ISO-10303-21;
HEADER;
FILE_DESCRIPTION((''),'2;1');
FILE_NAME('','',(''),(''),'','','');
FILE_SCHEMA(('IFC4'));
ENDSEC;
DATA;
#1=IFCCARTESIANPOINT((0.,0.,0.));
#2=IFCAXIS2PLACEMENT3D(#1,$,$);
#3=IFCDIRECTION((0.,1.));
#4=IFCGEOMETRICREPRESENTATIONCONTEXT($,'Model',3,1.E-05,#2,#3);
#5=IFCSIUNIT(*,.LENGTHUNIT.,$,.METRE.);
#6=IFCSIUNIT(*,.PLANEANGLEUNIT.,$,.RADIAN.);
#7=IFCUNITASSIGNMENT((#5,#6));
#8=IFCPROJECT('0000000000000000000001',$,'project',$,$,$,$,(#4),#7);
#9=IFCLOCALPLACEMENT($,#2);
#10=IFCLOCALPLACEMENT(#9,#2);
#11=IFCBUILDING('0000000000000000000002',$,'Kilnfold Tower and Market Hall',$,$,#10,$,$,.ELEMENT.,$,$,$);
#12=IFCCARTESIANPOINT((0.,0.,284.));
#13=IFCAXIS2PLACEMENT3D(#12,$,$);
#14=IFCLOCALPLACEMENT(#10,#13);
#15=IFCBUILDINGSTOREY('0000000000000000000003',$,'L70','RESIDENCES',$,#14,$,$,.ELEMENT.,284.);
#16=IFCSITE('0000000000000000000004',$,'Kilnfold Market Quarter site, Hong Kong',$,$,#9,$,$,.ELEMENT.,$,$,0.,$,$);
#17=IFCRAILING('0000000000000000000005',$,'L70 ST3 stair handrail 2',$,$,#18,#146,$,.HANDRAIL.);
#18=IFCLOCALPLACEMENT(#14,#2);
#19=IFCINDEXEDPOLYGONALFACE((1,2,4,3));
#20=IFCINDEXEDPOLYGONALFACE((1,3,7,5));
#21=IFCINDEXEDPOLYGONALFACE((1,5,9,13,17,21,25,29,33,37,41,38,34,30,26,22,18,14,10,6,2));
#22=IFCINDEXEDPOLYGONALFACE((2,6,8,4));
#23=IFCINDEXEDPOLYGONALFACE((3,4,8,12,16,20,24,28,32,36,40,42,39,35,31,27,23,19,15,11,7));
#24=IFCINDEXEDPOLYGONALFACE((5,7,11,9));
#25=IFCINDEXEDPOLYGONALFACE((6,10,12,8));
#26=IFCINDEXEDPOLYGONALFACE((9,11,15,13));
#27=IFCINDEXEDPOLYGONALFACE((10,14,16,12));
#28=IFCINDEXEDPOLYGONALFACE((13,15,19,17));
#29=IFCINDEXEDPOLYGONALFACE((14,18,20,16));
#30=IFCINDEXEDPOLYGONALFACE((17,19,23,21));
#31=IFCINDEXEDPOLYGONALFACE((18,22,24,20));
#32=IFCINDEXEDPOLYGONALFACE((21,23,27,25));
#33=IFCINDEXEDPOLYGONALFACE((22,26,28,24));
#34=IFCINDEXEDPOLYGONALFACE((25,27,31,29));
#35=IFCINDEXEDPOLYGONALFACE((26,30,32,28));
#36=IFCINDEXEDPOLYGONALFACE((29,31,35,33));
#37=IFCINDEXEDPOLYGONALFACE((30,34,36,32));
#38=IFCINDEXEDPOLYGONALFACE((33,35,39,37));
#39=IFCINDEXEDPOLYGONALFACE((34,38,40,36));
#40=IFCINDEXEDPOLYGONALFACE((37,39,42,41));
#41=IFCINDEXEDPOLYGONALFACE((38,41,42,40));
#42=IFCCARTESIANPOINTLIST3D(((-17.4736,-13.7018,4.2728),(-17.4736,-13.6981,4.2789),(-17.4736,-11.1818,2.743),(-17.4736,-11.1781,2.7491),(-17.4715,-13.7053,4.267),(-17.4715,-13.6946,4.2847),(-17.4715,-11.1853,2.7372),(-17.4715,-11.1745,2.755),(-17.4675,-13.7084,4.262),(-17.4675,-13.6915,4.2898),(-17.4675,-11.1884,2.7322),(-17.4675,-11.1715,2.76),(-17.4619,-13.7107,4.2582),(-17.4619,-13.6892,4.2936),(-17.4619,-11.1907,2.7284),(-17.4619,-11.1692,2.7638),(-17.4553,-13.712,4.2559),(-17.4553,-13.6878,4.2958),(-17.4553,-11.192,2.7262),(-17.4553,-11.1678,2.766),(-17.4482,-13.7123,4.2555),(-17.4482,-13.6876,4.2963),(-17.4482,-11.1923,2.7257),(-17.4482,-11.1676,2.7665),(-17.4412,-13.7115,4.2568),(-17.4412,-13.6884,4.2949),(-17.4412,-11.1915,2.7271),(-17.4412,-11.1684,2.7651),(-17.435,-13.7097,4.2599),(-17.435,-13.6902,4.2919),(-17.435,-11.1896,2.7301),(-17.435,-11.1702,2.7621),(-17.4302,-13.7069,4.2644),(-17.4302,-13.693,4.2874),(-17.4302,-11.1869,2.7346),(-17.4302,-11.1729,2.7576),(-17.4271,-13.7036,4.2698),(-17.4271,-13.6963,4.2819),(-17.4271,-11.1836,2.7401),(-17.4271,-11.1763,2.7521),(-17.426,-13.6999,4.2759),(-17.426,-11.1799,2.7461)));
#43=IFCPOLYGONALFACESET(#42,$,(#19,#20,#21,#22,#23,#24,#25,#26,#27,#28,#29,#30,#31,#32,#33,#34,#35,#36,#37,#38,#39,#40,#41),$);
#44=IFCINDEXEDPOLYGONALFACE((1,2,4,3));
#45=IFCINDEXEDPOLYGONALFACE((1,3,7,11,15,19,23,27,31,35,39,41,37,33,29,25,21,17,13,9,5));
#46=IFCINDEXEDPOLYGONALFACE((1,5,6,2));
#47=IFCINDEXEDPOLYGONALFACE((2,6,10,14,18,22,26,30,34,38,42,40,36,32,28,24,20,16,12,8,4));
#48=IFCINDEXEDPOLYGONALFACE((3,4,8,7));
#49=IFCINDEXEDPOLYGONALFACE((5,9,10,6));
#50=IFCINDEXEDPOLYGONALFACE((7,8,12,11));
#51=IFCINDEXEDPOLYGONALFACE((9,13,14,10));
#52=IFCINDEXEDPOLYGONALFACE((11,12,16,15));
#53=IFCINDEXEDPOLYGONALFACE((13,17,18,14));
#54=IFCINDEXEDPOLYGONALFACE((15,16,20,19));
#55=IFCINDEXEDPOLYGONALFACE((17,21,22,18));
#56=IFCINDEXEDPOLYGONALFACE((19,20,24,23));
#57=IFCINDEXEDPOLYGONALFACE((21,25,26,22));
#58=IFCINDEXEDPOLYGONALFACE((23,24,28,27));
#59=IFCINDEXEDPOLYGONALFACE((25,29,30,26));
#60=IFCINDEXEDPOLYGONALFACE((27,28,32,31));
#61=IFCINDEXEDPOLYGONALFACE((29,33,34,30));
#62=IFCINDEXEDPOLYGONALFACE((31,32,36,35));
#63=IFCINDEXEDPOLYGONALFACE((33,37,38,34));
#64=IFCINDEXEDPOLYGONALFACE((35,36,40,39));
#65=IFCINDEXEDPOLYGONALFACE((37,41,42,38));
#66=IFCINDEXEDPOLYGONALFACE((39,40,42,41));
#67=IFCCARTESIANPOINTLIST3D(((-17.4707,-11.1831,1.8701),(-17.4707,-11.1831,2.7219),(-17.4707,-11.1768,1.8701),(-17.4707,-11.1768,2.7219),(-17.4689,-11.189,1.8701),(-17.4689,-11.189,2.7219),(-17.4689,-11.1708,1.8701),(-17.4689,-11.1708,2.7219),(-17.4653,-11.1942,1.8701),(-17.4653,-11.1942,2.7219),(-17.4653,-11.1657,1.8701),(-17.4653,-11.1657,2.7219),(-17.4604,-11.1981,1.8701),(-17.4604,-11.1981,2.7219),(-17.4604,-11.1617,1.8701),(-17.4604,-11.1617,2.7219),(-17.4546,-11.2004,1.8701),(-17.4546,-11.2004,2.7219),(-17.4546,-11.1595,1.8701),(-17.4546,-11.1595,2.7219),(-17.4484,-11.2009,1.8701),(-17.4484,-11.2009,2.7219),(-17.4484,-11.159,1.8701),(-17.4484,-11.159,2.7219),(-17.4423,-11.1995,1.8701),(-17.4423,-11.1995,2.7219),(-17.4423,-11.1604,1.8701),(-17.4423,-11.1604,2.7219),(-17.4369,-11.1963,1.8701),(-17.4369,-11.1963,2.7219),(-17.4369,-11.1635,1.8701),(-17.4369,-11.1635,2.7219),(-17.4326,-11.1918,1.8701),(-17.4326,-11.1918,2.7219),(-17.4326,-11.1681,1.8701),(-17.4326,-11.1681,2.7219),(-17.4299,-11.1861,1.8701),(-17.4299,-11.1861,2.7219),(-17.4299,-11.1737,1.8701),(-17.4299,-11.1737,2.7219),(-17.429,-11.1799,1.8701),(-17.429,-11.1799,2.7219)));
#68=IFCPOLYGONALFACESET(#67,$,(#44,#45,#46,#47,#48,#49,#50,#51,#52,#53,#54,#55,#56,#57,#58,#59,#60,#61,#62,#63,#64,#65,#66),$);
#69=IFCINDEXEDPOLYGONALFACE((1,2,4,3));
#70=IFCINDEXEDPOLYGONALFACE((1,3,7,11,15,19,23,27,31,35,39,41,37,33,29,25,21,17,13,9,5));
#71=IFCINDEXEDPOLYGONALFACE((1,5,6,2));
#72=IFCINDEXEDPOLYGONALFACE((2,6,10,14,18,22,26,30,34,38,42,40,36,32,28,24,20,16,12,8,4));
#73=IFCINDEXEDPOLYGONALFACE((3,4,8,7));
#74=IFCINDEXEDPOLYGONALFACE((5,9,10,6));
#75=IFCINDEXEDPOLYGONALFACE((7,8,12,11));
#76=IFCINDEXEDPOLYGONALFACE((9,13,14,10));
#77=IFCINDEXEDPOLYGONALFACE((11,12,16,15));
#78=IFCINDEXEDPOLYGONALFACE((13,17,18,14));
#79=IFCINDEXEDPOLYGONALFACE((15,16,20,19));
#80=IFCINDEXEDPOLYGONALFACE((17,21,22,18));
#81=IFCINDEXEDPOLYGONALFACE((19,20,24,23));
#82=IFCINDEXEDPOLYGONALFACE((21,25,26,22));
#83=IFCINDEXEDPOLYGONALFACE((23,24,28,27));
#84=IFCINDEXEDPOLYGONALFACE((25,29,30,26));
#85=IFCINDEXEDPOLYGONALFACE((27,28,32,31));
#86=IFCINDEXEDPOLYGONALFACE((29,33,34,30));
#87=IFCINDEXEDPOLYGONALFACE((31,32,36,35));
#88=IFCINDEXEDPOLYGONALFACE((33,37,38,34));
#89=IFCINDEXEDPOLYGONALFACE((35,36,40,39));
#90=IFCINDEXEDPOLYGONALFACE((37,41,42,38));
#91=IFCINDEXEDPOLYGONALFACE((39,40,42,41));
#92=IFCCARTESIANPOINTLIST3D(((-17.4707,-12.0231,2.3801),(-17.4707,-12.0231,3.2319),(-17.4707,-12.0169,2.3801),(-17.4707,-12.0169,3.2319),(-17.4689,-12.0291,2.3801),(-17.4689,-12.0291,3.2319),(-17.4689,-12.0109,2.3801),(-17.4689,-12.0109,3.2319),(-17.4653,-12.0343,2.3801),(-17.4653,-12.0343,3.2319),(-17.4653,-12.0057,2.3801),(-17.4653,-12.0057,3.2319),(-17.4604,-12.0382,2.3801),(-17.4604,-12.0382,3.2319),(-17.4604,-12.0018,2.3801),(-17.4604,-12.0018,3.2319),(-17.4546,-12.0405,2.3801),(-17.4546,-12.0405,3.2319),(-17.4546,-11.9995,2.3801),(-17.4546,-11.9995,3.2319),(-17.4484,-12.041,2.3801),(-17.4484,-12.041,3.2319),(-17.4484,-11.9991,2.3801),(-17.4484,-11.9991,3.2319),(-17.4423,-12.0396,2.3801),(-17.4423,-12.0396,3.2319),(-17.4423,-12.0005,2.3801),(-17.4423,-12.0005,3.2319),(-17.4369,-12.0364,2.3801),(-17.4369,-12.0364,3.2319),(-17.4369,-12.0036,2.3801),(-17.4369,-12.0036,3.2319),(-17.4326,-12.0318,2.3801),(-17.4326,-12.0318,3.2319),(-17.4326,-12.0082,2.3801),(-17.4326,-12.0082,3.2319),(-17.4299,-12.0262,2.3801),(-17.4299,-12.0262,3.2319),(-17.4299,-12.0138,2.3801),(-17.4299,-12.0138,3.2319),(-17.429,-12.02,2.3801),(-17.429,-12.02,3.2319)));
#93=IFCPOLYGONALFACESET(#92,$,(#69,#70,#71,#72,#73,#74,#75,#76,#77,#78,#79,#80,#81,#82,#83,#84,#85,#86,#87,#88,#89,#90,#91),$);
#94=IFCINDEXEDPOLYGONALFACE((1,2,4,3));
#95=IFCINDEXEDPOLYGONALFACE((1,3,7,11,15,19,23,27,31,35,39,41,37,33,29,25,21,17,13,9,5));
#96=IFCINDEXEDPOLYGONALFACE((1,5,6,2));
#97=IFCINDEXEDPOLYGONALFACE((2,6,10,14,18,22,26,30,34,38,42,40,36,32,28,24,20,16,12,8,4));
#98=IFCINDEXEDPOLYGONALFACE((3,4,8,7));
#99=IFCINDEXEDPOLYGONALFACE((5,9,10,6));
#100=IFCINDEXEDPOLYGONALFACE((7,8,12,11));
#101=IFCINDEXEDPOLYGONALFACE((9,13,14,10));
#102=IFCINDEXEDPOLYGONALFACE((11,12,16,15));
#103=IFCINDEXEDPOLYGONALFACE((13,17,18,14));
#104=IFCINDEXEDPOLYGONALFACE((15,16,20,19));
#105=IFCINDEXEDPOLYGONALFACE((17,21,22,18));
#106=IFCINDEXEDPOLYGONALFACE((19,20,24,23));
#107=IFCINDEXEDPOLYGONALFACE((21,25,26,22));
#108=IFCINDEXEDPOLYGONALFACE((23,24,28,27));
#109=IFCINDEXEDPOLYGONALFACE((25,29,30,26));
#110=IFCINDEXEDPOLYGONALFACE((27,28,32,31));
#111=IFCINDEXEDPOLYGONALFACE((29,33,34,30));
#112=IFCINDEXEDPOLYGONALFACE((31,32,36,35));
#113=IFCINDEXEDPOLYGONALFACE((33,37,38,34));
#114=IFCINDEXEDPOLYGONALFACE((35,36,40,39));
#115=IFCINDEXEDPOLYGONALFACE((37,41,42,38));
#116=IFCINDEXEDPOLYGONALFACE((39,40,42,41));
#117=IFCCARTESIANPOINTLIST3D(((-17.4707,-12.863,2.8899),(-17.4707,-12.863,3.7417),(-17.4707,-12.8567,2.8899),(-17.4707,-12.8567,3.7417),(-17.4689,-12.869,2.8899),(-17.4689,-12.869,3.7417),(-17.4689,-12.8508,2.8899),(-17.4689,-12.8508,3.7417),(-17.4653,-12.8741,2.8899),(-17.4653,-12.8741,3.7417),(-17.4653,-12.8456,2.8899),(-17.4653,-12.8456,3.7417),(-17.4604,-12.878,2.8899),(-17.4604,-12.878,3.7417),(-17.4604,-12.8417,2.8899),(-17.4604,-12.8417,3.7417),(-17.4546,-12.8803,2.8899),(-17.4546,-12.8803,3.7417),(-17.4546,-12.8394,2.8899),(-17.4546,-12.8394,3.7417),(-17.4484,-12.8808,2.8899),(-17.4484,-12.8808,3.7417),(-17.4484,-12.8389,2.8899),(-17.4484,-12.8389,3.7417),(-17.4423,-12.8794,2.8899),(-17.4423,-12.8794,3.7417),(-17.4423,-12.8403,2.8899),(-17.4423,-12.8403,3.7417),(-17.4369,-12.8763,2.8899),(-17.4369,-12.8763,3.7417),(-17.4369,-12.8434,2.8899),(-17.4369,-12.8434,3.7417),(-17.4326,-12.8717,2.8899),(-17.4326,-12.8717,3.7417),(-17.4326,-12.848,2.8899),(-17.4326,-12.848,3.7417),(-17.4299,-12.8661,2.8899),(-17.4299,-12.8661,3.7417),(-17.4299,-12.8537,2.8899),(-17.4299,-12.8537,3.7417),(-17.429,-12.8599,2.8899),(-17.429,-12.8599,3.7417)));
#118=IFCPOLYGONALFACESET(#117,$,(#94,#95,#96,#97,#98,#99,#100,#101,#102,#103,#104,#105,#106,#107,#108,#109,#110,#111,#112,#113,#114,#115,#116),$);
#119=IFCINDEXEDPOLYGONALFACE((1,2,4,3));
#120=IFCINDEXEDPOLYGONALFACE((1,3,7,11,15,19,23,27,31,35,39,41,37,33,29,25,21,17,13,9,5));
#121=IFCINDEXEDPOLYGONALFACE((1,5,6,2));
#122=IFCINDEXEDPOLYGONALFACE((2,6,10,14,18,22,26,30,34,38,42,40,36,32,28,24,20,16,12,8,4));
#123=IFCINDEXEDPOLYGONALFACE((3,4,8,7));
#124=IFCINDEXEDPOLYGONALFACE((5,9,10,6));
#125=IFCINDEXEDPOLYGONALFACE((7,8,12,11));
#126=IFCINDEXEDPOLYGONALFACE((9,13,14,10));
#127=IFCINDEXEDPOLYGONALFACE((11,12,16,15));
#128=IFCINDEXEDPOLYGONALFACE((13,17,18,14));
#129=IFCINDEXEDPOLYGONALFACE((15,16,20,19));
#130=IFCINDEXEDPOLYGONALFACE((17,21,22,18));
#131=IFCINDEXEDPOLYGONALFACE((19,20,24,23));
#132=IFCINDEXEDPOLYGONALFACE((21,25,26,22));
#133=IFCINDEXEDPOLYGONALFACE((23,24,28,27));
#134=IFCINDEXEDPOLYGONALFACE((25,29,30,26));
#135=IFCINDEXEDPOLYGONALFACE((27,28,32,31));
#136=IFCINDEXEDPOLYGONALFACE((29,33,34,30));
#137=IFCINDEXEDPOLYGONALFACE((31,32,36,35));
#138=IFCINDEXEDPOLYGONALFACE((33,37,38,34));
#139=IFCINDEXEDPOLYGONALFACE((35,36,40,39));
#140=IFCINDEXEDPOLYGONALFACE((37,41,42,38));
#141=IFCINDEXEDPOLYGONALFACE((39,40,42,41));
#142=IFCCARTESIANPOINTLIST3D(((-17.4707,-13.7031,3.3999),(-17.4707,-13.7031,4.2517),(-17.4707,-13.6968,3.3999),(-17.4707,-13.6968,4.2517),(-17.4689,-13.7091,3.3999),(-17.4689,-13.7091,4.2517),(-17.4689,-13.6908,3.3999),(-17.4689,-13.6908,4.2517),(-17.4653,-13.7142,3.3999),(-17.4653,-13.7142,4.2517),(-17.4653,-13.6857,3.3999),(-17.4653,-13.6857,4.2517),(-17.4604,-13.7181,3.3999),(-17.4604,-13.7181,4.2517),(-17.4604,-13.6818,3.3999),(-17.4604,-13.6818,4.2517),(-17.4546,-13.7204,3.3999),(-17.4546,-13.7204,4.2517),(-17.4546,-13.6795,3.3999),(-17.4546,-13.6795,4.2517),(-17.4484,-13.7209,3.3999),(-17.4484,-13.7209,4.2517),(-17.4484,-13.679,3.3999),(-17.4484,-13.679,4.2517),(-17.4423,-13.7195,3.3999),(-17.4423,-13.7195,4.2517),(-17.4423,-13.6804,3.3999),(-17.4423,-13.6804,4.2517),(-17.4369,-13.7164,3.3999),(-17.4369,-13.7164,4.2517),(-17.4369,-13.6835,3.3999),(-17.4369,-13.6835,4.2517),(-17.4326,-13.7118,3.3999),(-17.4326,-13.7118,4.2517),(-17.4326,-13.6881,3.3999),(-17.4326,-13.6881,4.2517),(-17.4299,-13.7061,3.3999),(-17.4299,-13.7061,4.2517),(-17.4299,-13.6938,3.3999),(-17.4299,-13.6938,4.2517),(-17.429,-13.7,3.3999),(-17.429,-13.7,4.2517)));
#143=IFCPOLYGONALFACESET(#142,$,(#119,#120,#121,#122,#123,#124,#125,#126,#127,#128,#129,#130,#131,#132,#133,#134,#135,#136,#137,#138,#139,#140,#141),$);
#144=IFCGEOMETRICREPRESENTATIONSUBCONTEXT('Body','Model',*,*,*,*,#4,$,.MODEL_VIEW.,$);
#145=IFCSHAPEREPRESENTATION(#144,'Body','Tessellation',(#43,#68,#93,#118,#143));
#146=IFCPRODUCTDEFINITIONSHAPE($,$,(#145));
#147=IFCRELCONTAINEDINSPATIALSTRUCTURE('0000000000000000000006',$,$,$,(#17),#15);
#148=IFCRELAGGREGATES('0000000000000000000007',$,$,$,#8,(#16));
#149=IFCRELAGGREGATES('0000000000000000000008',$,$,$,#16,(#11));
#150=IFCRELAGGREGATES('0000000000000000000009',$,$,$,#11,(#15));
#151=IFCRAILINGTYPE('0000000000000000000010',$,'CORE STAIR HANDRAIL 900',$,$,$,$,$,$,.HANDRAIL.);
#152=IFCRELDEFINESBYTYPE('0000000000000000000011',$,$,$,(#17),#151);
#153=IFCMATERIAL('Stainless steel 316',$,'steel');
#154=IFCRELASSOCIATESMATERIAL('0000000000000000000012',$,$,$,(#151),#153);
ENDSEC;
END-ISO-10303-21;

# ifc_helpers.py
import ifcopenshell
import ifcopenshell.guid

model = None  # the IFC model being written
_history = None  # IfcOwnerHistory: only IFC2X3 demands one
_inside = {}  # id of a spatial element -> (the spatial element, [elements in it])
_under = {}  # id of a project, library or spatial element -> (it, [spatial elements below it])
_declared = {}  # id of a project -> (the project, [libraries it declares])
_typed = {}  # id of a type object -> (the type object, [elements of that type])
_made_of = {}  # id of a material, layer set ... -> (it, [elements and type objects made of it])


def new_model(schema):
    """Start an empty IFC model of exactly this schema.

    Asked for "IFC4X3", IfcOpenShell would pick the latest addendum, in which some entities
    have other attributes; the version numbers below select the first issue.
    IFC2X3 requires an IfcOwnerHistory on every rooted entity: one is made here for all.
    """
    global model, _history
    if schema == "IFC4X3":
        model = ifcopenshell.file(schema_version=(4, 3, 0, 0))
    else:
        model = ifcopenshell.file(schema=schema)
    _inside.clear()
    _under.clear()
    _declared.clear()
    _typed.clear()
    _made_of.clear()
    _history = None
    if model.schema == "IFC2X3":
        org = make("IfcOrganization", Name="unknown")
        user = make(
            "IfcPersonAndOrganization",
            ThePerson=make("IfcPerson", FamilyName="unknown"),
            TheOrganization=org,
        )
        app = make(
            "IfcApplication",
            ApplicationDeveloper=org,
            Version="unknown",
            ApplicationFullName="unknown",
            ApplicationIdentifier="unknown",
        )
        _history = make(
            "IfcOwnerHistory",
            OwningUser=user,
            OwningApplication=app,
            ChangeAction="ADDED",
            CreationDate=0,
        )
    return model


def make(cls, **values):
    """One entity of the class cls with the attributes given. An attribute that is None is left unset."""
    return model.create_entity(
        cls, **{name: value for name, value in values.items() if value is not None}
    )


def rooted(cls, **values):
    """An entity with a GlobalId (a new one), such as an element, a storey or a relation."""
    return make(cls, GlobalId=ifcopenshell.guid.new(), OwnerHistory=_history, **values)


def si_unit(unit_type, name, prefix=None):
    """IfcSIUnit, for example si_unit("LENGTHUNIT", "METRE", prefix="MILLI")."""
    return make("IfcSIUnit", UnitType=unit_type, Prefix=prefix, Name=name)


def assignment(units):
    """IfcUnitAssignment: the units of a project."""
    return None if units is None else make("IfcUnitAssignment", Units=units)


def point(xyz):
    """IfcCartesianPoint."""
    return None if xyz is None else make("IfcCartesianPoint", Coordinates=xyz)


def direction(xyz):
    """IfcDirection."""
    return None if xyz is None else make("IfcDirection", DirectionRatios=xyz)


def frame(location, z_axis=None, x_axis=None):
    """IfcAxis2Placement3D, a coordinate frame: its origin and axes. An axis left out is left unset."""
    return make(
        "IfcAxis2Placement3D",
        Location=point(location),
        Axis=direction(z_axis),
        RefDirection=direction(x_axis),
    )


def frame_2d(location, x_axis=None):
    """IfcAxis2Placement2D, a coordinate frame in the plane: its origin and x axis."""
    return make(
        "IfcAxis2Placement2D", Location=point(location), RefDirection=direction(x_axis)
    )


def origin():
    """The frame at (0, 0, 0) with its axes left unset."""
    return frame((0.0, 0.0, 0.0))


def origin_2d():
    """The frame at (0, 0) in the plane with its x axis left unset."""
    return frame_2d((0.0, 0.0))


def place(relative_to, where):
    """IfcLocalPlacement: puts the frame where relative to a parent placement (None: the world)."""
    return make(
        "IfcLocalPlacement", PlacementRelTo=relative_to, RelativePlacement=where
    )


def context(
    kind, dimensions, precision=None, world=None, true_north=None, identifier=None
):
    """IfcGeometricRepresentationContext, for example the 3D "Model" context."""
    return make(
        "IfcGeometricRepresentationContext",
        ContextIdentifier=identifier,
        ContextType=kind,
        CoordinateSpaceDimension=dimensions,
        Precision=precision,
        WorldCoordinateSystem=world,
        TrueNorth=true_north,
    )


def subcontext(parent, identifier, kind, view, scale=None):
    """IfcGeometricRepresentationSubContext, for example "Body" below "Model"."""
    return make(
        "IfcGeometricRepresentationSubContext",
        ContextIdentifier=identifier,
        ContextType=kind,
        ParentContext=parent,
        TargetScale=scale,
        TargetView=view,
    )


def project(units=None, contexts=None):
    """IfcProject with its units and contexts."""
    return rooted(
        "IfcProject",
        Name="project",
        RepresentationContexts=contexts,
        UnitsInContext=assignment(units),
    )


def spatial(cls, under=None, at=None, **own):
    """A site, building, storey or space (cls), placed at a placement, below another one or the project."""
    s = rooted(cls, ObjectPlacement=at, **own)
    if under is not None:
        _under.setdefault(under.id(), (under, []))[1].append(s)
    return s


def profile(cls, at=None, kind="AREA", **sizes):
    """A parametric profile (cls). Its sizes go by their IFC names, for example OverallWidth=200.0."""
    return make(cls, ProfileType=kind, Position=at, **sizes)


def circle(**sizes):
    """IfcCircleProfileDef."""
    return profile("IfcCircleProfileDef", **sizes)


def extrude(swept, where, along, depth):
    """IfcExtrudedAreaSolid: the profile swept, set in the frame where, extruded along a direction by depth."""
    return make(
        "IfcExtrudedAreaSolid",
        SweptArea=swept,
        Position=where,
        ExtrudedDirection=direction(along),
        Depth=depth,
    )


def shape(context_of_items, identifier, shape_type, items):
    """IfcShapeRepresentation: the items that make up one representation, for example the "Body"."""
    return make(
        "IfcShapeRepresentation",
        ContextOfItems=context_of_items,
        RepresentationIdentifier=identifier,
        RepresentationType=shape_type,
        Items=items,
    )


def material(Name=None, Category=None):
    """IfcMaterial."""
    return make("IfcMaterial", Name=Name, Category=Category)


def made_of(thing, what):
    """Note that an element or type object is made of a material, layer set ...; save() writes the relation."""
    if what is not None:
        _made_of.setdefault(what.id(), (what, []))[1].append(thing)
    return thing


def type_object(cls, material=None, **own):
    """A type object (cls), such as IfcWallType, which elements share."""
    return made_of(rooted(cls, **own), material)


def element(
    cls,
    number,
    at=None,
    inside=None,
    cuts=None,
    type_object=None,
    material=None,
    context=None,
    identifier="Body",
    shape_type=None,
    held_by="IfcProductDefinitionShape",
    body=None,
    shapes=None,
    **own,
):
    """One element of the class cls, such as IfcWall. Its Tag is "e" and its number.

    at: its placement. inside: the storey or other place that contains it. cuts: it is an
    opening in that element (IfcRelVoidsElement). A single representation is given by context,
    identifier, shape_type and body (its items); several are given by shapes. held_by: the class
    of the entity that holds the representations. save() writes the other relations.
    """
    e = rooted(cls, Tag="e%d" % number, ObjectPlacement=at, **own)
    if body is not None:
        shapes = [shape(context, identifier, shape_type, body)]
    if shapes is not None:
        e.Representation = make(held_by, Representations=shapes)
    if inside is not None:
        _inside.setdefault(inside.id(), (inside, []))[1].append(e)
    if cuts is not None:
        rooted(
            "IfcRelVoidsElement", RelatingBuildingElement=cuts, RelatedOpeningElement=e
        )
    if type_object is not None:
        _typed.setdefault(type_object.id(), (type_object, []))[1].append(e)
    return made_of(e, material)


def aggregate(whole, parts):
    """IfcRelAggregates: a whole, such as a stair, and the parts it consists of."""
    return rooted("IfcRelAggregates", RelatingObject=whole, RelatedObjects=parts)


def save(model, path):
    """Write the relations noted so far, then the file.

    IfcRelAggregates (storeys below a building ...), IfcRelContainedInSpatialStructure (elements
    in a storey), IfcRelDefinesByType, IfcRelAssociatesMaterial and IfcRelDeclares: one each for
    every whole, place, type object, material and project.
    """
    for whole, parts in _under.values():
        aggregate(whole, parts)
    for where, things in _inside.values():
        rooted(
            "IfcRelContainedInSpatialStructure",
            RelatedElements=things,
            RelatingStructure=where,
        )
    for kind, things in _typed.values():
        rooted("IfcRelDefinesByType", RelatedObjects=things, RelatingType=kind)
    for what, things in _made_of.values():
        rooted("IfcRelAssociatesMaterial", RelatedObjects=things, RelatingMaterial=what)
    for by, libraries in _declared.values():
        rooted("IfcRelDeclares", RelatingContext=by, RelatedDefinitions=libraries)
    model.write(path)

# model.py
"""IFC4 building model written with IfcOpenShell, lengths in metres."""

from ifc_helpers import new_model, si_unit, direction, frame, origin, origin_2d, place, context, subcontext, project, spatial, circle, extrude, material, type_object, element, save


model = new_model("IFC4")

# Units and contexts
model_context = context("Model", 3, precision=1e-05, world=origin(), true_north=direction((0.0, 1.0)))
body_context = subcontext(model_context, "Body", "Model", "MODEL_VIEW")
ifc_project = project(units=[si_unit("LENGTHUNIT", "METRE"), si_unit("PLANEANGLEUNIT", "RADIAN")], contexts=[model_context])

# Site, building, storey
site_placement = place(None, origin())
site = spatial("IfcSite", under=ifc_project, at=site_placement, Name="Kilnfold Market Quarter site, Hong Kong", CompositionType="ELEMENT", RefElevation=0.0)
building_placement = place(site_placement, origin())
building = spatial("IfcBuilding", under=site, at=building_placement, Name="Kilnfold Tower and Market Hall", CompositionType="ELEMENT")
storey_placement = place(building_placement, frame((0.0, 0.0, 284.0)))
storey = spatial("IfcBuildingStorey", under=building, at=storey_placement, Name="L70", Description="RESIDENCES", CompositionType="ELEMENT", Elevation=284.0)

# Railing
ifc_material_1 = material(Name="Stainless steel 316", Category="steel")
railing_type_1 = type_object("IfcRailingType", Name="CORE STAIR HANDRAIL 900", PredefinedType="HANDRAIL", material=ifc_material_1)
railing_1_placement = place(storey_placement, frame((-17.45, -11.1799, 1.8701)))
element("IfcRailing", 1, at=railing_1_placement, inside=storey, type_object=railing_type_1, Name="L70 ST3 stair handrail 2", PredefinedType="HANDRAIL", context=body_context, shape_type="SweptSolid", body=[
    extrude(circle(Radius=0.0239, at=origin_2d()), frame((0.0, 0.0, 0.876), z_axis=(0.0, -0.854822, 0.518922), x_axis=(1.0, 0.0, 0.0)), (0.0, 0.0, 1.0), 2.948),
    extrude(circle(Radius=0.021, at=origin_2d()), origin(), (0.0, 0.0, 1.0), 0.8518),
    extrude(circle(Radius=0.021, at=origin_2d()), frame((0.0, -0.8401, 0.51)), (0.0, 0.0, 1.0), 0.8518),
    extrude(circle(Radius=0.021, at=origin_2d()), frame((0.0, -1.6799, 1.0198)), (0.0, 0.0, 1.0), 0.8518),
    extrude(circle(Radius=0.021, at=origin_2d()), frame((0.0, -2.52, 1.5298)), (0.0, 0.0, 1.0), 0.8518),
])

save(model, "model.ifc")
